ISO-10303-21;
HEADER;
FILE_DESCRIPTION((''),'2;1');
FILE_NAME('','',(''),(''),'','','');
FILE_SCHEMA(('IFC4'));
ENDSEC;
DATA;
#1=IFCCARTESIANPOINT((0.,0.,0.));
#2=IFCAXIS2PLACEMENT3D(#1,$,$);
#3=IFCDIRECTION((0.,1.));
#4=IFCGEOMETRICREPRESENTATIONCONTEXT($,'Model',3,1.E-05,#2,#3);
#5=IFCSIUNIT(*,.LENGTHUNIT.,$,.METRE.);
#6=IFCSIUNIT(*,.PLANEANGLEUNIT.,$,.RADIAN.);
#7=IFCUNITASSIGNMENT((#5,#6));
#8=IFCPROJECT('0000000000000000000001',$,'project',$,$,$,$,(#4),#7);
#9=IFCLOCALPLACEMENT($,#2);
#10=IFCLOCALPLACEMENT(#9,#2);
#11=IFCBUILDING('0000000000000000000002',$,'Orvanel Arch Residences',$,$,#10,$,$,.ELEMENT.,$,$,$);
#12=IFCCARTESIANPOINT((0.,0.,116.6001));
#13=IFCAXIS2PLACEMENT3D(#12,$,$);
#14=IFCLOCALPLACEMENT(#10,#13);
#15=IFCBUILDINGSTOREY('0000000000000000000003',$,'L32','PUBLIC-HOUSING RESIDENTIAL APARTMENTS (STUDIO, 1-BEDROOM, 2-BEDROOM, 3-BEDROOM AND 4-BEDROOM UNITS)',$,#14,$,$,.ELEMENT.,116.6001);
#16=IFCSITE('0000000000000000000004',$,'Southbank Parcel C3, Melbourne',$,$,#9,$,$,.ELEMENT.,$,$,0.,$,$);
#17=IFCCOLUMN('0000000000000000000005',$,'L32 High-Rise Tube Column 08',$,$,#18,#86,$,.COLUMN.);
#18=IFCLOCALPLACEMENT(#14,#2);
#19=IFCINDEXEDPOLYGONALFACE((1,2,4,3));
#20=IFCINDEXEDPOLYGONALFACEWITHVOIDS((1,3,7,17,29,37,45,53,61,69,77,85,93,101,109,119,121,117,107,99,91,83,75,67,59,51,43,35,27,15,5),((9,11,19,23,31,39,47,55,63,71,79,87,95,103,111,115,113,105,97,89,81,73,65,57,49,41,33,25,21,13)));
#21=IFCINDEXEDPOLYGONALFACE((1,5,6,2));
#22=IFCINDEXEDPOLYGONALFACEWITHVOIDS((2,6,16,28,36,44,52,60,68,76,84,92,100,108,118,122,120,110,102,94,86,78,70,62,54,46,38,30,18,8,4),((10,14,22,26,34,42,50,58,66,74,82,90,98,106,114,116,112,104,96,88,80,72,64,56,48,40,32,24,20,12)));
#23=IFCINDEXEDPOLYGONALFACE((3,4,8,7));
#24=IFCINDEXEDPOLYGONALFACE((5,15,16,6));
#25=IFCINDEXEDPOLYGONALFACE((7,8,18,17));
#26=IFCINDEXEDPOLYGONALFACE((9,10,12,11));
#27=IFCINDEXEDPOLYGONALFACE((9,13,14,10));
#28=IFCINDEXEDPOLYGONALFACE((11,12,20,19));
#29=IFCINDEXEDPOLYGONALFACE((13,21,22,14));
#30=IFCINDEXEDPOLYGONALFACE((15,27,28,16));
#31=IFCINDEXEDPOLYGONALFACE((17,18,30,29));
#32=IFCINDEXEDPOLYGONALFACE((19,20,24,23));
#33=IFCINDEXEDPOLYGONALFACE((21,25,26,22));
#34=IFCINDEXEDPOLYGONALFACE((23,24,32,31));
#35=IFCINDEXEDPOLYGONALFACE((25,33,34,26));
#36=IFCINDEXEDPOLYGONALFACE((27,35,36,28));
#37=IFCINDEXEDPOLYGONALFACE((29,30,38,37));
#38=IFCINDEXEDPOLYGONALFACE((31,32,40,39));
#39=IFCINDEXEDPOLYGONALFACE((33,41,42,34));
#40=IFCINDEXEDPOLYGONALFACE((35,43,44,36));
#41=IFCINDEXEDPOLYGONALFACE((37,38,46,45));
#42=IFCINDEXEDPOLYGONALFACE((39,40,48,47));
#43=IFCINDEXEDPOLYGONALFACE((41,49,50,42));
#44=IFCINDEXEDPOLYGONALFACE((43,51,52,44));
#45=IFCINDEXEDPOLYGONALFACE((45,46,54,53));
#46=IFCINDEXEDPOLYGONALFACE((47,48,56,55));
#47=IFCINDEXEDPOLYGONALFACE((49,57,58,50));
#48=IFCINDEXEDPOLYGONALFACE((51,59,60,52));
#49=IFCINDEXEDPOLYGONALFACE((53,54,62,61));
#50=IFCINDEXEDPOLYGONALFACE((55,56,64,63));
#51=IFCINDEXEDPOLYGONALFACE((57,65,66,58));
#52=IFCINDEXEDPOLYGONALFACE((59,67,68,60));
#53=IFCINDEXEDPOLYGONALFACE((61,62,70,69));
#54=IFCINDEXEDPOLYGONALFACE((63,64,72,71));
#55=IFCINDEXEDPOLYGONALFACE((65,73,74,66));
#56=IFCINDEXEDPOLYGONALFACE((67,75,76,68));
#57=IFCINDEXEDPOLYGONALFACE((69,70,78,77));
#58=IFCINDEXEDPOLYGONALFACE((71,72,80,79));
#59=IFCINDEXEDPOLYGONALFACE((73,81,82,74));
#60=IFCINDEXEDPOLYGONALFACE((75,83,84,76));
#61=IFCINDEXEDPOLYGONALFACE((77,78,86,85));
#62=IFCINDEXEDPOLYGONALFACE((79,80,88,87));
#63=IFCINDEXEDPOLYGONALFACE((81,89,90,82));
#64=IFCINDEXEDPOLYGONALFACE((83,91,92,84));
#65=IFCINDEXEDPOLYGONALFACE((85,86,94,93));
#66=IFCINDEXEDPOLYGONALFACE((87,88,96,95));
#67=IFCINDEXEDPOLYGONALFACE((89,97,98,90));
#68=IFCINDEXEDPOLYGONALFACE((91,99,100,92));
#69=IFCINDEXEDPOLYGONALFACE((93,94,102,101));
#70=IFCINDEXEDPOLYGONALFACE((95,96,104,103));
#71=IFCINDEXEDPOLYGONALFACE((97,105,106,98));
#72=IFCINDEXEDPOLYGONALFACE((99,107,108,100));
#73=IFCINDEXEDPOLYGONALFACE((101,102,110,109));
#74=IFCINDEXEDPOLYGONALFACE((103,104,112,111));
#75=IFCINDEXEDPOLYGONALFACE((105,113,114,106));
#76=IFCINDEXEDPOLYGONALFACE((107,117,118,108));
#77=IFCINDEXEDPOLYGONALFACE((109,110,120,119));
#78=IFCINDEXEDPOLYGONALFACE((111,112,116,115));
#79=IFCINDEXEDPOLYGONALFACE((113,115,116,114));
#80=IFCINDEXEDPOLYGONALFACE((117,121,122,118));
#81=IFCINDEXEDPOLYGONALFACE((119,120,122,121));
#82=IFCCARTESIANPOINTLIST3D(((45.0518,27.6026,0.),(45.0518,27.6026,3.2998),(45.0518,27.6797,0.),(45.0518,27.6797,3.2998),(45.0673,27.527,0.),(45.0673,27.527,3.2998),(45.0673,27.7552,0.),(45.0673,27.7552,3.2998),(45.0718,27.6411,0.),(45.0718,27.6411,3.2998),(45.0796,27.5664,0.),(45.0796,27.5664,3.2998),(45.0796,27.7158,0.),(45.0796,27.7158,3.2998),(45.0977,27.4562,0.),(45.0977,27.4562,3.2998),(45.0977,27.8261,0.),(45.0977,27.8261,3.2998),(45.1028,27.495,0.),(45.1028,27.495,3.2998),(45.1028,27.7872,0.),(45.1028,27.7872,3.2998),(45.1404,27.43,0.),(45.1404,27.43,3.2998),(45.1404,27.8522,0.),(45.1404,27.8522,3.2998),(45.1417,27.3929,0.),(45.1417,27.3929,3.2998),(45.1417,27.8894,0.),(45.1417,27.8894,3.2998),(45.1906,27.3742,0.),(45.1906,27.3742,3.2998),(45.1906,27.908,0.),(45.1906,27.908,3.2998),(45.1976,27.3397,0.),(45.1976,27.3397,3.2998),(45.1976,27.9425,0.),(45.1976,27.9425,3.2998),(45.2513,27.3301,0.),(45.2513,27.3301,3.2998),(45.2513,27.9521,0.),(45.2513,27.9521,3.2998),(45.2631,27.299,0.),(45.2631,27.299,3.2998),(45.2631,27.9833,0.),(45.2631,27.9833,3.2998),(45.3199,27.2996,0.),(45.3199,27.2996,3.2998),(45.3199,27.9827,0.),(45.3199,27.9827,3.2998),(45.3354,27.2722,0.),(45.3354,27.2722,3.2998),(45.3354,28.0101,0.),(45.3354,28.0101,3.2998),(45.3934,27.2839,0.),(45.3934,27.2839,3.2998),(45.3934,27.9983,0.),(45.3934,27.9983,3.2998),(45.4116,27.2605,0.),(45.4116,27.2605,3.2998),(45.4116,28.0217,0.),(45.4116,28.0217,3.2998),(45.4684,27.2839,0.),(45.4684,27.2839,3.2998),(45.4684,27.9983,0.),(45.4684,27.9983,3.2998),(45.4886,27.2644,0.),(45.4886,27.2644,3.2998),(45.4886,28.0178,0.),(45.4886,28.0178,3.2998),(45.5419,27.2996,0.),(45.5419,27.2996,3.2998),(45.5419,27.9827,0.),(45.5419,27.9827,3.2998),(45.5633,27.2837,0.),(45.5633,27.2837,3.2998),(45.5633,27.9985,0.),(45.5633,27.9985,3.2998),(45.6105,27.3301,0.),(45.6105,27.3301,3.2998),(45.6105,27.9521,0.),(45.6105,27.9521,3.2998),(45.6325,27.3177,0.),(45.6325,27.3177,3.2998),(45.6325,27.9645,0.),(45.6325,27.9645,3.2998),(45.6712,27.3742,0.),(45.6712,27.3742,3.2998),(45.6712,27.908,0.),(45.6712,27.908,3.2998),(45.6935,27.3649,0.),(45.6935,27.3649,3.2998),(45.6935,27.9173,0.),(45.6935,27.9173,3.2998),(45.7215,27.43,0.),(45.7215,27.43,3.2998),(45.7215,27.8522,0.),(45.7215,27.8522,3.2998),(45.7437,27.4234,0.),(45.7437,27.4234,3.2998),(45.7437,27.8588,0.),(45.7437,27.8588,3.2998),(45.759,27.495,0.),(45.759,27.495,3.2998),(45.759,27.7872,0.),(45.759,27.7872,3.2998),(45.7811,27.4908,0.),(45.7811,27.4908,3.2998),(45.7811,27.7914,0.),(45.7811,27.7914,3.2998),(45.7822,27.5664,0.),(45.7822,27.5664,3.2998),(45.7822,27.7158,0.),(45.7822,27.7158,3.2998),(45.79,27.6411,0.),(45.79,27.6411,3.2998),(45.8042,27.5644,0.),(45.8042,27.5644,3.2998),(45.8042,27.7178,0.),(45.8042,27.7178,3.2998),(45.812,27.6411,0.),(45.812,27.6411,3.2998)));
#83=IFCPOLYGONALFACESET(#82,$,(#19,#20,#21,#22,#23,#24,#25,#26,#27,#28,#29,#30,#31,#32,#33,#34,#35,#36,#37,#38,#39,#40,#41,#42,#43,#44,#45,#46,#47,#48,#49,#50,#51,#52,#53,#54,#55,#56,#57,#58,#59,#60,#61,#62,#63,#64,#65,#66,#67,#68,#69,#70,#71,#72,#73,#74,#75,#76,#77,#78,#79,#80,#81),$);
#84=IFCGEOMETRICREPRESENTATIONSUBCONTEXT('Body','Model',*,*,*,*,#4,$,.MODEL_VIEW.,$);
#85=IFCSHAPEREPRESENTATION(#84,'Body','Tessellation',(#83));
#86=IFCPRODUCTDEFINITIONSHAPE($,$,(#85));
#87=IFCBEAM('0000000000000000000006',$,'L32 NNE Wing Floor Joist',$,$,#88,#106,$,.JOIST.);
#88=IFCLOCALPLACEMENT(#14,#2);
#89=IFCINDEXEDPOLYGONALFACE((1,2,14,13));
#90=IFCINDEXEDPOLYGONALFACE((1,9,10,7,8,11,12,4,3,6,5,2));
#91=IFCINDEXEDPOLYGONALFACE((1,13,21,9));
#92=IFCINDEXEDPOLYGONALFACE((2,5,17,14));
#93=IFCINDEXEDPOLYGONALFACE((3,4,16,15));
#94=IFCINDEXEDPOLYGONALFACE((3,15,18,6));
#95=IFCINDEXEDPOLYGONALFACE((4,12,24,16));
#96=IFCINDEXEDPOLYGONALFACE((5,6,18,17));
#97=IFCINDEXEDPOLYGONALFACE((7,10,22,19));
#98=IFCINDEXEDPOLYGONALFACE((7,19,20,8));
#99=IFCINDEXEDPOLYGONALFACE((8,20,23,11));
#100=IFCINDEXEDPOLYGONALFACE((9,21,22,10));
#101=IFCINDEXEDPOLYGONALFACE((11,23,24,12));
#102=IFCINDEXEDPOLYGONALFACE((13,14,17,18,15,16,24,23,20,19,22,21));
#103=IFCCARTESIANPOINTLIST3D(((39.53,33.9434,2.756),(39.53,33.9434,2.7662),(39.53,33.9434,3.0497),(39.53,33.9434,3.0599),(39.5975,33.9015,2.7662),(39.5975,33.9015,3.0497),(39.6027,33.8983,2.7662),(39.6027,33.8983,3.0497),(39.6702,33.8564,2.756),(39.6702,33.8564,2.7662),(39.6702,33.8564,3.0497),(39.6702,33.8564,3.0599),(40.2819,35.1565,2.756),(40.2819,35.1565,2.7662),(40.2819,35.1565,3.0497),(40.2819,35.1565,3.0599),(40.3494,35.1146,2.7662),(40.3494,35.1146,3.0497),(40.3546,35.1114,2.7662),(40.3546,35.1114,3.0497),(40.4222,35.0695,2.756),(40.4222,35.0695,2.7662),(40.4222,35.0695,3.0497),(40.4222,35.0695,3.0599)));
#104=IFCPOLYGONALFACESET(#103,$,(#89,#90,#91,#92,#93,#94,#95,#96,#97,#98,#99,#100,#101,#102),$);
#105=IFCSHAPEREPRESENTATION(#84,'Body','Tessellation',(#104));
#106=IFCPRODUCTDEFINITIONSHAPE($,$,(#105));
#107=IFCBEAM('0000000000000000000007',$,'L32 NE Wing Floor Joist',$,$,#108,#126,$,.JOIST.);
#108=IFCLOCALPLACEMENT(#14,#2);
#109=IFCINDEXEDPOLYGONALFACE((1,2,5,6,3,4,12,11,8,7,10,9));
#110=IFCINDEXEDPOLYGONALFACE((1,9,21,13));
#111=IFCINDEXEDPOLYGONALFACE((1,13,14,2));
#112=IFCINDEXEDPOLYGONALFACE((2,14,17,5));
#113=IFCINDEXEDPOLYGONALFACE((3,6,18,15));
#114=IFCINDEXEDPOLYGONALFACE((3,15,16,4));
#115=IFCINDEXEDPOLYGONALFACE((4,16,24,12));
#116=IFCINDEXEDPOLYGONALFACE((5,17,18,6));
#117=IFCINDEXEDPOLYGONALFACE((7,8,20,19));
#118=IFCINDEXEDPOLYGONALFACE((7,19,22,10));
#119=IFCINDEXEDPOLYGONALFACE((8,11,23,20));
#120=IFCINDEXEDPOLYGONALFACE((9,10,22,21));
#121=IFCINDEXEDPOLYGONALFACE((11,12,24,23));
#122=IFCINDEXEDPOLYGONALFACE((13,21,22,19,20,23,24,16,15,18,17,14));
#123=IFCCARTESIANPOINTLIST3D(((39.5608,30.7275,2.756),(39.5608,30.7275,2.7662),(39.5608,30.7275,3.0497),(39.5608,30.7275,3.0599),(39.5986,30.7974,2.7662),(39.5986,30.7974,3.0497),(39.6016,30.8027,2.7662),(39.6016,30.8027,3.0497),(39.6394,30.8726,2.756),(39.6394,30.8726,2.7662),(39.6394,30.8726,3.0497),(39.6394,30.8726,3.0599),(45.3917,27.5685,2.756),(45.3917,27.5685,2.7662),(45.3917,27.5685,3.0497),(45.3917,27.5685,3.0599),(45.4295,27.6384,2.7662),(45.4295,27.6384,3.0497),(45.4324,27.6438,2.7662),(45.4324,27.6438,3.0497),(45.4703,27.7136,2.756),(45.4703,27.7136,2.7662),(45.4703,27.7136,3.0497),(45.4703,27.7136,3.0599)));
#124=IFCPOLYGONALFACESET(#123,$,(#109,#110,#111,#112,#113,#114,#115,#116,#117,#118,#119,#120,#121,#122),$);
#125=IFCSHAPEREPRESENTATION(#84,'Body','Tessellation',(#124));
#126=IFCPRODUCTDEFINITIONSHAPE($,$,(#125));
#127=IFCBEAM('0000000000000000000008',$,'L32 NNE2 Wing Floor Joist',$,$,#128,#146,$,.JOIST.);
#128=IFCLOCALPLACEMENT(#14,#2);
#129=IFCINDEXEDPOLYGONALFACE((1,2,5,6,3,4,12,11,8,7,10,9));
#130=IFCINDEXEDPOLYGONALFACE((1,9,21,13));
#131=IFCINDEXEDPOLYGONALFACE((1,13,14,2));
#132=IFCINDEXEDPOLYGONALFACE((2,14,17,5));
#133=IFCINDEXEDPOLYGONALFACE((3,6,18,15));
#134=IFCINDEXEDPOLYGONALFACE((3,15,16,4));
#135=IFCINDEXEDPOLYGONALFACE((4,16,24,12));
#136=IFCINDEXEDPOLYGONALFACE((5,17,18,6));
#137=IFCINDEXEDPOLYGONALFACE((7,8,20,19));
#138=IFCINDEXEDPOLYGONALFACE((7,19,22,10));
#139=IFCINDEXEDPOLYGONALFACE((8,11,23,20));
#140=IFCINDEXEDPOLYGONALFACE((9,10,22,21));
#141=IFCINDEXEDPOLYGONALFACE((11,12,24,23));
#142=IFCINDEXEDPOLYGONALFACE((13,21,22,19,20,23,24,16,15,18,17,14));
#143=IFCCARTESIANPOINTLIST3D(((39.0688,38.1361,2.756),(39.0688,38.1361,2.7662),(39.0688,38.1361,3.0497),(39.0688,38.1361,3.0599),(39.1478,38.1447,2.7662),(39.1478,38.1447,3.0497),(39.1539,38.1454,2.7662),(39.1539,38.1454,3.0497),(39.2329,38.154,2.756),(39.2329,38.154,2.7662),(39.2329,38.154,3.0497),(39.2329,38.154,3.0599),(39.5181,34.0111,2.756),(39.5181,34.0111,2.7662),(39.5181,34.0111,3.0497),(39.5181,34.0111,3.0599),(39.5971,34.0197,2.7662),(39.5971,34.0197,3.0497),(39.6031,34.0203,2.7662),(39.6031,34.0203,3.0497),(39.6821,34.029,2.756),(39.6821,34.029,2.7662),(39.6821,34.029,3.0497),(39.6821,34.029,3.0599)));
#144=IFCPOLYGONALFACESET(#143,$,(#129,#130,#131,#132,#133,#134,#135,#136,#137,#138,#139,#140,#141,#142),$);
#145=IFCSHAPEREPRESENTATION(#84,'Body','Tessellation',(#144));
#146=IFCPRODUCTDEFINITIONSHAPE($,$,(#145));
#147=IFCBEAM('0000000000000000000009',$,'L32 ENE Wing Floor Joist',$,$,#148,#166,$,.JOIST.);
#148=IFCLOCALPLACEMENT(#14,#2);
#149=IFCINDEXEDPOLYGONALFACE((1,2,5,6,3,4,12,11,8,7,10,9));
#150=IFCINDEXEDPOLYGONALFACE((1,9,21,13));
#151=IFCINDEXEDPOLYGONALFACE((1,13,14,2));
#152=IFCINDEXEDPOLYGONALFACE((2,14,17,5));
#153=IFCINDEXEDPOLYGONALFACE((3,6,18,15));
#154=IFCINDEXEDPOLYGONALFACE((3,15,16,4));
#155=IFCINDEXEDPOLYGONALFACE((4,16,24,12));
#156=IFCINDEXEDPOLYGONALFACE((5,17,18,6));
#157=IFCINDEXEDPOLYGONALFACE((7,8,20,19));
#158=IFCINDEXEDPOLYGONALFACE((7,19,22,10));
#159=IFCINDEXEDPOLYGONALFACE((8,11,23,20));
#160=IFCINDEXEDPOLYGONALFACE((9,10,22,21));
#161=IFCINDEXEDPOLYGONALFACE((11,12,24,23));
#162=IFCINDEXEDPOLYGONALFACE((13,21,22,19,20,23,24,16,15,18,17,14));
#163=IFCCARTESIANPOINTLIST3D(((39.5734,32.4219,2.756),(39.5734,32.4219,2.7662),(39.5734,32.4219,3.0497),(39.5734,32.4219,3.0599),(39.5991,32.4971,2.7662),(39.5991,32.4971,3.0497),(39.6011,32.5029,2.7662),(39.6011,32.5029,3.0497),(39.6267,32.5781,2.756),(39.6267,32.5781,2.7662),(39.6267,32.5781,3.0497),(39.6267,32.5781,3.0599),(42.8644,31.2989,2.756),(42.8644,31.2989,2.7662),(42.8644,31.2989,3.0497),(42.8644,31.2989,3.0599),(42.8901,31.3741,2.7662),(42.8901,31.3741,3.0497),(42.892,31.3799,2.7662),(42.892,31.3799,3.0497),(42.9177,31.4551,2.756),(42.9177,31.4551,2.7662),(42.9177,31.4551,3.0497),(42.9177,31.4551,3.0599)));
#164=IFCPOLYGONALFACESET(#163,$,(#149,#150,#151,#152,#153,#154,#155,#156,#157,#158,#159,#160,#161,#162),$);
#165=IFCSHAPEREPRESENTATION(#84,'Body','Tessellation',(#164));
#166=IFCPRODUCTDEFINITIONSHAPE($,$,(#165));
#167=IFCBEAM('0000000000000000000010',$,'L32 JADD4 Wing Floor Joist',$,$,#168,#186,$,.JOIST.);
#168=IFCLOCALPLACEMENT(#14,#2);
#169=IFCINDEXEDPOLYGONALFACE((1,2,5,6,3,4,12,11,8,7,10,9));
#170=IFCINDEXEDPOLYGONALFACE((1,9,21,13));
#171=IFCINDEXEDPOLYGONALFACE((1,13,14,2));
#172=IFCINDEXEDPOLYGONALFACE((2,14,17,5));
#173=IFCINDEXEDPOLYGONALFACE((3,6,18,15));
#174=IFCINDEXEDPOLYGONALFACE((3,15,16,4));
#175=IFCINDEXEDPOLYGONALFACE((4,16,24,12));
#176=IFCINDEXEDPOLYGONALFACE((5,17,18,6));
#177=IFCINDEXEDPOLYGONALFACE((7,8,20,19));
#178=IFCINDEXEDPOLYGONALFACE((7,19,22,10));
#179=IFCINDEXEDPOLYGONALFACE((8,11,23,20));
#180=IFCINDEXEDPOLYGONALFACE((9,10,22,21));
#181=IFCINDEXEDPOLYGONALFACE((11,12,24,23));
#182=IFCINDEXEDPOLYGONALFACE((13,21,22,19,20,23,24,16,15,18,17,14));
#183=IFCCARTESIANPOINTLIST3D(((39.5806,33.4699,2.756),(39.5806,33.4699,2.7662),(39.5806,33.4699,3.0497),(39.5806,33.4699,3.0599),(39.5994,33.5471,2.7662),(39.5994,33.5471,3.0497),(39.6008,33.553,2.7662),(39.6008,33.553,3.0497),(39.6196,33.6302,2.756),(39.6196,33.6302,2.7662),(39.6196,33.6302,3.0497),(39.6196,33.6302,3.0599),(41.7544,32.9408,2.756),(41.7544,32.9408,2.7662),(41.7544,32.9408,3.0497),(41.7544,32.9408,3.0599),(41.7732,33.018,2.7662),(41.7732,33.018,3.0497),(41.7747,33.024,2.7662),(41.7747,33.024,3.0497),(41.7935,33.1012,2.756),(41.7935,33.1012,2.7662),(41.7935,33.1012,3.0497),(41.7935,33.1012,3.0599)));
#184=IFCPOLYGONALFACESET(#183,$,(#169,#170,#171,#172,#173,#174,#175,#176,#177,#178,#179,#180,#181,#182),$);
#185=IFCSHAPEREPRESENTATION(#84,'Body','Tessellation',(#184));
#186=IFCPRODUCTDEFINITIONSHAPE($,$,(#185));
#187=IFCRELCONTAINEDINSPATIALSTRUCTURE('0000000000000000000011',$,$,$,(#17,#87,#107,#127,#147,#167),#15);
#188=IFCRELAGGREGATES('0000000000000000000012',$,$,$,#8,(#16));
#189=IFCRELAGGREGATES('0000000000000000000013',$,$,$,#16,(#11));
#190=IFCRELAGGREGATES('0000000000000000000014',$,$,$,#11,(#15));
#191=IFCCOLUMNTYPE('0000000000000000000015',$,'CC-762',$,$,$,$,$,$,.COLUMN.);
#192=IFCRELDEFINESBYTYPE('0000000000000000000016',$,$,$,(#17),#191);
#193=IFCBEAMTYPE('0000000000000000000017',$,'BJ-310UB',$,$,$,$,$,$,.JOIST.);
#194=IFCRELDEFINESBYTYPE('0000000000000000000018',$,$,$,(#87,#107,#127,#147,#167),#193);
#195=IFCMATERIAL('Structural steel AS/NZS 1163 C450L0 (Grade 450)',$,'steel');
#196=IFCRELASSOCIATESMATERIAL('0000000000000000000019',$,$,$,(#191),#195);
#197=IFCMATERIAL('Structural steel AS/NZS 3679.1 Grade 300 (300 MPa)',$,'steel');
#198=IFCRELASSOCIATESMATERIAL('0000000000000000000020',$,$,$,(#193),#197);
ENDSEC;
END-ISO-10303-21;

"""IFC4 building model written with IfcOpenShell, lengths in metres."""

from ifc_helpers import new_model, si_unit, direction, frame, origin, origin_2d, place, context, subcontext, project, spatial, hollow_circle, i_section, extrude, material, material_profile, profile_set, type_object, element, save


model = new_model("IFC4")

# Units and contexts
model_context = context("Model", 3, precision=1e-05, world=origin(), true_north=direction((0.0, 1.0)))
body_context = subcontext(model_context, "Body", "Model", "MODEL_VIEW")
ifc_project = project(units=[si_unit("LENGTHUNIT", "METRE"), si_unit("PLANEANGLEUNIT", "RADIAN")], contexts=[model_context])

# Site, building, storey
site_placement = place(None, origin())
site = spatial("IfcSite", under=ifc_project, at=site_placement, Name="Southbank Parcel C3, Melbourne", CompositionType="ELEMENT", RefElevation=0.0)
building_placement = place(site_placement, origin())
building = spatial("IfcBuilding", under=site, at=building_placement, Name="Orvanel Arch Residences", CompositionType="ELEMENT")
storey_placement = place(building_placement, frame((0.0, 0.0, 116.6001)))
storey = spatial("IfcBuildingStorey", under=building, at=storey_placement, Name="L32", Description="PUBLIC-HOUSING RESIDENTIAL APARTMENTS (STUDIO, 1-BEDROOM, 2-BEDROOM, 3-BEDROOM AND 4-BEDROOM UNITS)", CompositionType="ELEMENT", Elevation=116.6001)

# Column
ifc_material_1 = material(Name="Structural steel AS/NZS 1163 C450L0 (Grade 450)", Category="steel")
ifc_material_profile_1 = material_profile(ifc_material_1, hollow_circle(Radius=0.3811, WallThickness=0.022, at=origin_2d()), Name="CHS762x22")
ifc_profile_set_1 = profile_set([ifc_material_profile_1], Name="Structural steel AS/NZS 1163 C450L0 (Grade 450)")
column_type = type_object("IfcColumnType", Name="CC-762", PredefinedType="COLUMN", material=ifc_profile_set_1)
column_placement = place(storey_placement, frame((45.4309, 27.6411, 0.0), z_axis=(0.0, 0.0, 1.0), x_axis=(1.0, 0.0, 0.0)))
element("IfcColumn", 1, at=column_placement, inside=storey, type_object=column_type, Name="L32 High-Rise Tube Column 08", PredefinedType="COLUMN", context=body_context, shape_type="SweptSolid", body=[
    extrude(hollow_circle(Radius=0.3811, WallThickness=0.022, at=origin_2d()), origin(), (0.0, 0.0, 1.0), 3.2998),
])

# Beams
ifc_material_2 = material(Name="Structural steel AS/NZS 3679.1 Grade 300 (300 MPa)", Category="steel")
ifc_material_profile_2 = material_profile(ifc_material_2, i_section(OverallWidth=0.165, OverallDepth=0.304, WebThickness=0.0061, FlangeThickness=0.0103, at=origin_2d()), Name="310UB40.4")
ifc_profile_set_2 = profile_set([ifc_material_profile_2], Name="Structural steel AS/NZS 3679.1 Grade 300 (300 MPa)")
beam_type_1 = type_object("IfcBeamType", Name="BJ-310UB", PredefinedType="JOIST", material=ifc_profile_set_2)
beam_1_placement = place(storey_placement, frame((39.6001, 33.8999, 2.908), z_axis=(0.526843, 0.849962, 0.0), x_axis=(-0.849962, 0.526843, 0.0)))
element("IfcBeam", 2, at=beam_1_placement, inside=storey, type_object=beam_type_1, Name="L32 NNE Wing Floor Joist", PredefinedType="JOIST", context=body_context, shape_type="SweptSolid", body=[
    extrude(i_section(OverallWidth=0.165, OverallDepth=0.304, WebThickness=0.0061, FlangeThickness=0.0103, at=origin_2d()), origin(), (0.0, 0.0, 1.0), 1.4272),
])
beam_2_placement = place(storey_placement, frame((39.6001, 30.8, 2.908), z_axis=(0.879255, -0.476351, 0.0), x_axis=(0.476351, 0.879255, 0.0)))
element("IfcBeam", 3, at=beam_2_placement, inside=storey, type_object=beam_type_1, Name="L32 NE Wing Floor Joist", PredefinedType="JOIST", context=body_context, shape_type="SweptSolid", body=[
    extrude(i_section(OverallWidth=0.165, OverallDepth=0.304, WebThickness=0.0061, FlangeThickness=0.0103, at=origin_2d()), origin(), (0.0, 0.0, 1.0), 6.6316),
])
beam_3_placement = place(storey_placement, frame((39.6001, 34.02, 2.908), z_axis=(-0.108261, 0.994122, 0.0), x_axis=(-0.994122, -0.108261, 0.0)))
element("IfcBeam", 4, at=beam_3_placement, inside=storey, type_object=beam_type_1, Name="L32 NNE2 Wing Floor Joist", PredefinedType="JOIST", context=body_context, shape_type="SweptSolid", body=[
    extrude(i_section(OverallWidth=0.165, OverallDepth=0.304, WebThickness=0.0061, FlangeThickness=0.0103, at=origin_2d()), origin(), (0.0, 0.0, 1.0), 4.1494),
])
beam_4_placement = place(storey_placement, frame((39.6001, 32.5, 2.908), z_axis=(0.946413, -0.32296, 0.0), x_axis=(0.32296, 0.946413, 0.0)))
element("IfcBeam", 5, at=beam_4_placement, inside=storey, type_object=beam_type_1, Name="L32 ENE Wing Floor Joist", PredefinedType="JOIST", context=body_context, shape_type="SweptSolid", body=[
    extrude(i_section(OverallWidth=0.165, OverallDepth=0.304, WebThickness=0.0061, FlangeThickness=0.0103, at=origin_2d()), origin(), (0.0, 0.0, 1.0), 3.4773),
])
beam_5_placement = place(storey_placement, frame((39.6001, 33.55, 2.908), z_axis=(0.971638, -0.236471, 0.0), x_axis=(0.236471, 0.971638, 0.0)))
element("IfcBeam", 6, at=beam_5_placement, inside=storey, type_object=beam_type_1, Name="L32 JADD4 Wing Floor Joist", PredefinedType="JOIST", context=body_context, shape_type="SweptSolid", body=[
    extrude(i_section(OverallWidth=0.165, OverallDepth=0.304, WebThickness=0.0061, FlangeThickness=0.0103, at=origin_2d()), origin(), (0.0, 0.0, 1.0), 2.2373),
])

save(model, "model.ifc")
